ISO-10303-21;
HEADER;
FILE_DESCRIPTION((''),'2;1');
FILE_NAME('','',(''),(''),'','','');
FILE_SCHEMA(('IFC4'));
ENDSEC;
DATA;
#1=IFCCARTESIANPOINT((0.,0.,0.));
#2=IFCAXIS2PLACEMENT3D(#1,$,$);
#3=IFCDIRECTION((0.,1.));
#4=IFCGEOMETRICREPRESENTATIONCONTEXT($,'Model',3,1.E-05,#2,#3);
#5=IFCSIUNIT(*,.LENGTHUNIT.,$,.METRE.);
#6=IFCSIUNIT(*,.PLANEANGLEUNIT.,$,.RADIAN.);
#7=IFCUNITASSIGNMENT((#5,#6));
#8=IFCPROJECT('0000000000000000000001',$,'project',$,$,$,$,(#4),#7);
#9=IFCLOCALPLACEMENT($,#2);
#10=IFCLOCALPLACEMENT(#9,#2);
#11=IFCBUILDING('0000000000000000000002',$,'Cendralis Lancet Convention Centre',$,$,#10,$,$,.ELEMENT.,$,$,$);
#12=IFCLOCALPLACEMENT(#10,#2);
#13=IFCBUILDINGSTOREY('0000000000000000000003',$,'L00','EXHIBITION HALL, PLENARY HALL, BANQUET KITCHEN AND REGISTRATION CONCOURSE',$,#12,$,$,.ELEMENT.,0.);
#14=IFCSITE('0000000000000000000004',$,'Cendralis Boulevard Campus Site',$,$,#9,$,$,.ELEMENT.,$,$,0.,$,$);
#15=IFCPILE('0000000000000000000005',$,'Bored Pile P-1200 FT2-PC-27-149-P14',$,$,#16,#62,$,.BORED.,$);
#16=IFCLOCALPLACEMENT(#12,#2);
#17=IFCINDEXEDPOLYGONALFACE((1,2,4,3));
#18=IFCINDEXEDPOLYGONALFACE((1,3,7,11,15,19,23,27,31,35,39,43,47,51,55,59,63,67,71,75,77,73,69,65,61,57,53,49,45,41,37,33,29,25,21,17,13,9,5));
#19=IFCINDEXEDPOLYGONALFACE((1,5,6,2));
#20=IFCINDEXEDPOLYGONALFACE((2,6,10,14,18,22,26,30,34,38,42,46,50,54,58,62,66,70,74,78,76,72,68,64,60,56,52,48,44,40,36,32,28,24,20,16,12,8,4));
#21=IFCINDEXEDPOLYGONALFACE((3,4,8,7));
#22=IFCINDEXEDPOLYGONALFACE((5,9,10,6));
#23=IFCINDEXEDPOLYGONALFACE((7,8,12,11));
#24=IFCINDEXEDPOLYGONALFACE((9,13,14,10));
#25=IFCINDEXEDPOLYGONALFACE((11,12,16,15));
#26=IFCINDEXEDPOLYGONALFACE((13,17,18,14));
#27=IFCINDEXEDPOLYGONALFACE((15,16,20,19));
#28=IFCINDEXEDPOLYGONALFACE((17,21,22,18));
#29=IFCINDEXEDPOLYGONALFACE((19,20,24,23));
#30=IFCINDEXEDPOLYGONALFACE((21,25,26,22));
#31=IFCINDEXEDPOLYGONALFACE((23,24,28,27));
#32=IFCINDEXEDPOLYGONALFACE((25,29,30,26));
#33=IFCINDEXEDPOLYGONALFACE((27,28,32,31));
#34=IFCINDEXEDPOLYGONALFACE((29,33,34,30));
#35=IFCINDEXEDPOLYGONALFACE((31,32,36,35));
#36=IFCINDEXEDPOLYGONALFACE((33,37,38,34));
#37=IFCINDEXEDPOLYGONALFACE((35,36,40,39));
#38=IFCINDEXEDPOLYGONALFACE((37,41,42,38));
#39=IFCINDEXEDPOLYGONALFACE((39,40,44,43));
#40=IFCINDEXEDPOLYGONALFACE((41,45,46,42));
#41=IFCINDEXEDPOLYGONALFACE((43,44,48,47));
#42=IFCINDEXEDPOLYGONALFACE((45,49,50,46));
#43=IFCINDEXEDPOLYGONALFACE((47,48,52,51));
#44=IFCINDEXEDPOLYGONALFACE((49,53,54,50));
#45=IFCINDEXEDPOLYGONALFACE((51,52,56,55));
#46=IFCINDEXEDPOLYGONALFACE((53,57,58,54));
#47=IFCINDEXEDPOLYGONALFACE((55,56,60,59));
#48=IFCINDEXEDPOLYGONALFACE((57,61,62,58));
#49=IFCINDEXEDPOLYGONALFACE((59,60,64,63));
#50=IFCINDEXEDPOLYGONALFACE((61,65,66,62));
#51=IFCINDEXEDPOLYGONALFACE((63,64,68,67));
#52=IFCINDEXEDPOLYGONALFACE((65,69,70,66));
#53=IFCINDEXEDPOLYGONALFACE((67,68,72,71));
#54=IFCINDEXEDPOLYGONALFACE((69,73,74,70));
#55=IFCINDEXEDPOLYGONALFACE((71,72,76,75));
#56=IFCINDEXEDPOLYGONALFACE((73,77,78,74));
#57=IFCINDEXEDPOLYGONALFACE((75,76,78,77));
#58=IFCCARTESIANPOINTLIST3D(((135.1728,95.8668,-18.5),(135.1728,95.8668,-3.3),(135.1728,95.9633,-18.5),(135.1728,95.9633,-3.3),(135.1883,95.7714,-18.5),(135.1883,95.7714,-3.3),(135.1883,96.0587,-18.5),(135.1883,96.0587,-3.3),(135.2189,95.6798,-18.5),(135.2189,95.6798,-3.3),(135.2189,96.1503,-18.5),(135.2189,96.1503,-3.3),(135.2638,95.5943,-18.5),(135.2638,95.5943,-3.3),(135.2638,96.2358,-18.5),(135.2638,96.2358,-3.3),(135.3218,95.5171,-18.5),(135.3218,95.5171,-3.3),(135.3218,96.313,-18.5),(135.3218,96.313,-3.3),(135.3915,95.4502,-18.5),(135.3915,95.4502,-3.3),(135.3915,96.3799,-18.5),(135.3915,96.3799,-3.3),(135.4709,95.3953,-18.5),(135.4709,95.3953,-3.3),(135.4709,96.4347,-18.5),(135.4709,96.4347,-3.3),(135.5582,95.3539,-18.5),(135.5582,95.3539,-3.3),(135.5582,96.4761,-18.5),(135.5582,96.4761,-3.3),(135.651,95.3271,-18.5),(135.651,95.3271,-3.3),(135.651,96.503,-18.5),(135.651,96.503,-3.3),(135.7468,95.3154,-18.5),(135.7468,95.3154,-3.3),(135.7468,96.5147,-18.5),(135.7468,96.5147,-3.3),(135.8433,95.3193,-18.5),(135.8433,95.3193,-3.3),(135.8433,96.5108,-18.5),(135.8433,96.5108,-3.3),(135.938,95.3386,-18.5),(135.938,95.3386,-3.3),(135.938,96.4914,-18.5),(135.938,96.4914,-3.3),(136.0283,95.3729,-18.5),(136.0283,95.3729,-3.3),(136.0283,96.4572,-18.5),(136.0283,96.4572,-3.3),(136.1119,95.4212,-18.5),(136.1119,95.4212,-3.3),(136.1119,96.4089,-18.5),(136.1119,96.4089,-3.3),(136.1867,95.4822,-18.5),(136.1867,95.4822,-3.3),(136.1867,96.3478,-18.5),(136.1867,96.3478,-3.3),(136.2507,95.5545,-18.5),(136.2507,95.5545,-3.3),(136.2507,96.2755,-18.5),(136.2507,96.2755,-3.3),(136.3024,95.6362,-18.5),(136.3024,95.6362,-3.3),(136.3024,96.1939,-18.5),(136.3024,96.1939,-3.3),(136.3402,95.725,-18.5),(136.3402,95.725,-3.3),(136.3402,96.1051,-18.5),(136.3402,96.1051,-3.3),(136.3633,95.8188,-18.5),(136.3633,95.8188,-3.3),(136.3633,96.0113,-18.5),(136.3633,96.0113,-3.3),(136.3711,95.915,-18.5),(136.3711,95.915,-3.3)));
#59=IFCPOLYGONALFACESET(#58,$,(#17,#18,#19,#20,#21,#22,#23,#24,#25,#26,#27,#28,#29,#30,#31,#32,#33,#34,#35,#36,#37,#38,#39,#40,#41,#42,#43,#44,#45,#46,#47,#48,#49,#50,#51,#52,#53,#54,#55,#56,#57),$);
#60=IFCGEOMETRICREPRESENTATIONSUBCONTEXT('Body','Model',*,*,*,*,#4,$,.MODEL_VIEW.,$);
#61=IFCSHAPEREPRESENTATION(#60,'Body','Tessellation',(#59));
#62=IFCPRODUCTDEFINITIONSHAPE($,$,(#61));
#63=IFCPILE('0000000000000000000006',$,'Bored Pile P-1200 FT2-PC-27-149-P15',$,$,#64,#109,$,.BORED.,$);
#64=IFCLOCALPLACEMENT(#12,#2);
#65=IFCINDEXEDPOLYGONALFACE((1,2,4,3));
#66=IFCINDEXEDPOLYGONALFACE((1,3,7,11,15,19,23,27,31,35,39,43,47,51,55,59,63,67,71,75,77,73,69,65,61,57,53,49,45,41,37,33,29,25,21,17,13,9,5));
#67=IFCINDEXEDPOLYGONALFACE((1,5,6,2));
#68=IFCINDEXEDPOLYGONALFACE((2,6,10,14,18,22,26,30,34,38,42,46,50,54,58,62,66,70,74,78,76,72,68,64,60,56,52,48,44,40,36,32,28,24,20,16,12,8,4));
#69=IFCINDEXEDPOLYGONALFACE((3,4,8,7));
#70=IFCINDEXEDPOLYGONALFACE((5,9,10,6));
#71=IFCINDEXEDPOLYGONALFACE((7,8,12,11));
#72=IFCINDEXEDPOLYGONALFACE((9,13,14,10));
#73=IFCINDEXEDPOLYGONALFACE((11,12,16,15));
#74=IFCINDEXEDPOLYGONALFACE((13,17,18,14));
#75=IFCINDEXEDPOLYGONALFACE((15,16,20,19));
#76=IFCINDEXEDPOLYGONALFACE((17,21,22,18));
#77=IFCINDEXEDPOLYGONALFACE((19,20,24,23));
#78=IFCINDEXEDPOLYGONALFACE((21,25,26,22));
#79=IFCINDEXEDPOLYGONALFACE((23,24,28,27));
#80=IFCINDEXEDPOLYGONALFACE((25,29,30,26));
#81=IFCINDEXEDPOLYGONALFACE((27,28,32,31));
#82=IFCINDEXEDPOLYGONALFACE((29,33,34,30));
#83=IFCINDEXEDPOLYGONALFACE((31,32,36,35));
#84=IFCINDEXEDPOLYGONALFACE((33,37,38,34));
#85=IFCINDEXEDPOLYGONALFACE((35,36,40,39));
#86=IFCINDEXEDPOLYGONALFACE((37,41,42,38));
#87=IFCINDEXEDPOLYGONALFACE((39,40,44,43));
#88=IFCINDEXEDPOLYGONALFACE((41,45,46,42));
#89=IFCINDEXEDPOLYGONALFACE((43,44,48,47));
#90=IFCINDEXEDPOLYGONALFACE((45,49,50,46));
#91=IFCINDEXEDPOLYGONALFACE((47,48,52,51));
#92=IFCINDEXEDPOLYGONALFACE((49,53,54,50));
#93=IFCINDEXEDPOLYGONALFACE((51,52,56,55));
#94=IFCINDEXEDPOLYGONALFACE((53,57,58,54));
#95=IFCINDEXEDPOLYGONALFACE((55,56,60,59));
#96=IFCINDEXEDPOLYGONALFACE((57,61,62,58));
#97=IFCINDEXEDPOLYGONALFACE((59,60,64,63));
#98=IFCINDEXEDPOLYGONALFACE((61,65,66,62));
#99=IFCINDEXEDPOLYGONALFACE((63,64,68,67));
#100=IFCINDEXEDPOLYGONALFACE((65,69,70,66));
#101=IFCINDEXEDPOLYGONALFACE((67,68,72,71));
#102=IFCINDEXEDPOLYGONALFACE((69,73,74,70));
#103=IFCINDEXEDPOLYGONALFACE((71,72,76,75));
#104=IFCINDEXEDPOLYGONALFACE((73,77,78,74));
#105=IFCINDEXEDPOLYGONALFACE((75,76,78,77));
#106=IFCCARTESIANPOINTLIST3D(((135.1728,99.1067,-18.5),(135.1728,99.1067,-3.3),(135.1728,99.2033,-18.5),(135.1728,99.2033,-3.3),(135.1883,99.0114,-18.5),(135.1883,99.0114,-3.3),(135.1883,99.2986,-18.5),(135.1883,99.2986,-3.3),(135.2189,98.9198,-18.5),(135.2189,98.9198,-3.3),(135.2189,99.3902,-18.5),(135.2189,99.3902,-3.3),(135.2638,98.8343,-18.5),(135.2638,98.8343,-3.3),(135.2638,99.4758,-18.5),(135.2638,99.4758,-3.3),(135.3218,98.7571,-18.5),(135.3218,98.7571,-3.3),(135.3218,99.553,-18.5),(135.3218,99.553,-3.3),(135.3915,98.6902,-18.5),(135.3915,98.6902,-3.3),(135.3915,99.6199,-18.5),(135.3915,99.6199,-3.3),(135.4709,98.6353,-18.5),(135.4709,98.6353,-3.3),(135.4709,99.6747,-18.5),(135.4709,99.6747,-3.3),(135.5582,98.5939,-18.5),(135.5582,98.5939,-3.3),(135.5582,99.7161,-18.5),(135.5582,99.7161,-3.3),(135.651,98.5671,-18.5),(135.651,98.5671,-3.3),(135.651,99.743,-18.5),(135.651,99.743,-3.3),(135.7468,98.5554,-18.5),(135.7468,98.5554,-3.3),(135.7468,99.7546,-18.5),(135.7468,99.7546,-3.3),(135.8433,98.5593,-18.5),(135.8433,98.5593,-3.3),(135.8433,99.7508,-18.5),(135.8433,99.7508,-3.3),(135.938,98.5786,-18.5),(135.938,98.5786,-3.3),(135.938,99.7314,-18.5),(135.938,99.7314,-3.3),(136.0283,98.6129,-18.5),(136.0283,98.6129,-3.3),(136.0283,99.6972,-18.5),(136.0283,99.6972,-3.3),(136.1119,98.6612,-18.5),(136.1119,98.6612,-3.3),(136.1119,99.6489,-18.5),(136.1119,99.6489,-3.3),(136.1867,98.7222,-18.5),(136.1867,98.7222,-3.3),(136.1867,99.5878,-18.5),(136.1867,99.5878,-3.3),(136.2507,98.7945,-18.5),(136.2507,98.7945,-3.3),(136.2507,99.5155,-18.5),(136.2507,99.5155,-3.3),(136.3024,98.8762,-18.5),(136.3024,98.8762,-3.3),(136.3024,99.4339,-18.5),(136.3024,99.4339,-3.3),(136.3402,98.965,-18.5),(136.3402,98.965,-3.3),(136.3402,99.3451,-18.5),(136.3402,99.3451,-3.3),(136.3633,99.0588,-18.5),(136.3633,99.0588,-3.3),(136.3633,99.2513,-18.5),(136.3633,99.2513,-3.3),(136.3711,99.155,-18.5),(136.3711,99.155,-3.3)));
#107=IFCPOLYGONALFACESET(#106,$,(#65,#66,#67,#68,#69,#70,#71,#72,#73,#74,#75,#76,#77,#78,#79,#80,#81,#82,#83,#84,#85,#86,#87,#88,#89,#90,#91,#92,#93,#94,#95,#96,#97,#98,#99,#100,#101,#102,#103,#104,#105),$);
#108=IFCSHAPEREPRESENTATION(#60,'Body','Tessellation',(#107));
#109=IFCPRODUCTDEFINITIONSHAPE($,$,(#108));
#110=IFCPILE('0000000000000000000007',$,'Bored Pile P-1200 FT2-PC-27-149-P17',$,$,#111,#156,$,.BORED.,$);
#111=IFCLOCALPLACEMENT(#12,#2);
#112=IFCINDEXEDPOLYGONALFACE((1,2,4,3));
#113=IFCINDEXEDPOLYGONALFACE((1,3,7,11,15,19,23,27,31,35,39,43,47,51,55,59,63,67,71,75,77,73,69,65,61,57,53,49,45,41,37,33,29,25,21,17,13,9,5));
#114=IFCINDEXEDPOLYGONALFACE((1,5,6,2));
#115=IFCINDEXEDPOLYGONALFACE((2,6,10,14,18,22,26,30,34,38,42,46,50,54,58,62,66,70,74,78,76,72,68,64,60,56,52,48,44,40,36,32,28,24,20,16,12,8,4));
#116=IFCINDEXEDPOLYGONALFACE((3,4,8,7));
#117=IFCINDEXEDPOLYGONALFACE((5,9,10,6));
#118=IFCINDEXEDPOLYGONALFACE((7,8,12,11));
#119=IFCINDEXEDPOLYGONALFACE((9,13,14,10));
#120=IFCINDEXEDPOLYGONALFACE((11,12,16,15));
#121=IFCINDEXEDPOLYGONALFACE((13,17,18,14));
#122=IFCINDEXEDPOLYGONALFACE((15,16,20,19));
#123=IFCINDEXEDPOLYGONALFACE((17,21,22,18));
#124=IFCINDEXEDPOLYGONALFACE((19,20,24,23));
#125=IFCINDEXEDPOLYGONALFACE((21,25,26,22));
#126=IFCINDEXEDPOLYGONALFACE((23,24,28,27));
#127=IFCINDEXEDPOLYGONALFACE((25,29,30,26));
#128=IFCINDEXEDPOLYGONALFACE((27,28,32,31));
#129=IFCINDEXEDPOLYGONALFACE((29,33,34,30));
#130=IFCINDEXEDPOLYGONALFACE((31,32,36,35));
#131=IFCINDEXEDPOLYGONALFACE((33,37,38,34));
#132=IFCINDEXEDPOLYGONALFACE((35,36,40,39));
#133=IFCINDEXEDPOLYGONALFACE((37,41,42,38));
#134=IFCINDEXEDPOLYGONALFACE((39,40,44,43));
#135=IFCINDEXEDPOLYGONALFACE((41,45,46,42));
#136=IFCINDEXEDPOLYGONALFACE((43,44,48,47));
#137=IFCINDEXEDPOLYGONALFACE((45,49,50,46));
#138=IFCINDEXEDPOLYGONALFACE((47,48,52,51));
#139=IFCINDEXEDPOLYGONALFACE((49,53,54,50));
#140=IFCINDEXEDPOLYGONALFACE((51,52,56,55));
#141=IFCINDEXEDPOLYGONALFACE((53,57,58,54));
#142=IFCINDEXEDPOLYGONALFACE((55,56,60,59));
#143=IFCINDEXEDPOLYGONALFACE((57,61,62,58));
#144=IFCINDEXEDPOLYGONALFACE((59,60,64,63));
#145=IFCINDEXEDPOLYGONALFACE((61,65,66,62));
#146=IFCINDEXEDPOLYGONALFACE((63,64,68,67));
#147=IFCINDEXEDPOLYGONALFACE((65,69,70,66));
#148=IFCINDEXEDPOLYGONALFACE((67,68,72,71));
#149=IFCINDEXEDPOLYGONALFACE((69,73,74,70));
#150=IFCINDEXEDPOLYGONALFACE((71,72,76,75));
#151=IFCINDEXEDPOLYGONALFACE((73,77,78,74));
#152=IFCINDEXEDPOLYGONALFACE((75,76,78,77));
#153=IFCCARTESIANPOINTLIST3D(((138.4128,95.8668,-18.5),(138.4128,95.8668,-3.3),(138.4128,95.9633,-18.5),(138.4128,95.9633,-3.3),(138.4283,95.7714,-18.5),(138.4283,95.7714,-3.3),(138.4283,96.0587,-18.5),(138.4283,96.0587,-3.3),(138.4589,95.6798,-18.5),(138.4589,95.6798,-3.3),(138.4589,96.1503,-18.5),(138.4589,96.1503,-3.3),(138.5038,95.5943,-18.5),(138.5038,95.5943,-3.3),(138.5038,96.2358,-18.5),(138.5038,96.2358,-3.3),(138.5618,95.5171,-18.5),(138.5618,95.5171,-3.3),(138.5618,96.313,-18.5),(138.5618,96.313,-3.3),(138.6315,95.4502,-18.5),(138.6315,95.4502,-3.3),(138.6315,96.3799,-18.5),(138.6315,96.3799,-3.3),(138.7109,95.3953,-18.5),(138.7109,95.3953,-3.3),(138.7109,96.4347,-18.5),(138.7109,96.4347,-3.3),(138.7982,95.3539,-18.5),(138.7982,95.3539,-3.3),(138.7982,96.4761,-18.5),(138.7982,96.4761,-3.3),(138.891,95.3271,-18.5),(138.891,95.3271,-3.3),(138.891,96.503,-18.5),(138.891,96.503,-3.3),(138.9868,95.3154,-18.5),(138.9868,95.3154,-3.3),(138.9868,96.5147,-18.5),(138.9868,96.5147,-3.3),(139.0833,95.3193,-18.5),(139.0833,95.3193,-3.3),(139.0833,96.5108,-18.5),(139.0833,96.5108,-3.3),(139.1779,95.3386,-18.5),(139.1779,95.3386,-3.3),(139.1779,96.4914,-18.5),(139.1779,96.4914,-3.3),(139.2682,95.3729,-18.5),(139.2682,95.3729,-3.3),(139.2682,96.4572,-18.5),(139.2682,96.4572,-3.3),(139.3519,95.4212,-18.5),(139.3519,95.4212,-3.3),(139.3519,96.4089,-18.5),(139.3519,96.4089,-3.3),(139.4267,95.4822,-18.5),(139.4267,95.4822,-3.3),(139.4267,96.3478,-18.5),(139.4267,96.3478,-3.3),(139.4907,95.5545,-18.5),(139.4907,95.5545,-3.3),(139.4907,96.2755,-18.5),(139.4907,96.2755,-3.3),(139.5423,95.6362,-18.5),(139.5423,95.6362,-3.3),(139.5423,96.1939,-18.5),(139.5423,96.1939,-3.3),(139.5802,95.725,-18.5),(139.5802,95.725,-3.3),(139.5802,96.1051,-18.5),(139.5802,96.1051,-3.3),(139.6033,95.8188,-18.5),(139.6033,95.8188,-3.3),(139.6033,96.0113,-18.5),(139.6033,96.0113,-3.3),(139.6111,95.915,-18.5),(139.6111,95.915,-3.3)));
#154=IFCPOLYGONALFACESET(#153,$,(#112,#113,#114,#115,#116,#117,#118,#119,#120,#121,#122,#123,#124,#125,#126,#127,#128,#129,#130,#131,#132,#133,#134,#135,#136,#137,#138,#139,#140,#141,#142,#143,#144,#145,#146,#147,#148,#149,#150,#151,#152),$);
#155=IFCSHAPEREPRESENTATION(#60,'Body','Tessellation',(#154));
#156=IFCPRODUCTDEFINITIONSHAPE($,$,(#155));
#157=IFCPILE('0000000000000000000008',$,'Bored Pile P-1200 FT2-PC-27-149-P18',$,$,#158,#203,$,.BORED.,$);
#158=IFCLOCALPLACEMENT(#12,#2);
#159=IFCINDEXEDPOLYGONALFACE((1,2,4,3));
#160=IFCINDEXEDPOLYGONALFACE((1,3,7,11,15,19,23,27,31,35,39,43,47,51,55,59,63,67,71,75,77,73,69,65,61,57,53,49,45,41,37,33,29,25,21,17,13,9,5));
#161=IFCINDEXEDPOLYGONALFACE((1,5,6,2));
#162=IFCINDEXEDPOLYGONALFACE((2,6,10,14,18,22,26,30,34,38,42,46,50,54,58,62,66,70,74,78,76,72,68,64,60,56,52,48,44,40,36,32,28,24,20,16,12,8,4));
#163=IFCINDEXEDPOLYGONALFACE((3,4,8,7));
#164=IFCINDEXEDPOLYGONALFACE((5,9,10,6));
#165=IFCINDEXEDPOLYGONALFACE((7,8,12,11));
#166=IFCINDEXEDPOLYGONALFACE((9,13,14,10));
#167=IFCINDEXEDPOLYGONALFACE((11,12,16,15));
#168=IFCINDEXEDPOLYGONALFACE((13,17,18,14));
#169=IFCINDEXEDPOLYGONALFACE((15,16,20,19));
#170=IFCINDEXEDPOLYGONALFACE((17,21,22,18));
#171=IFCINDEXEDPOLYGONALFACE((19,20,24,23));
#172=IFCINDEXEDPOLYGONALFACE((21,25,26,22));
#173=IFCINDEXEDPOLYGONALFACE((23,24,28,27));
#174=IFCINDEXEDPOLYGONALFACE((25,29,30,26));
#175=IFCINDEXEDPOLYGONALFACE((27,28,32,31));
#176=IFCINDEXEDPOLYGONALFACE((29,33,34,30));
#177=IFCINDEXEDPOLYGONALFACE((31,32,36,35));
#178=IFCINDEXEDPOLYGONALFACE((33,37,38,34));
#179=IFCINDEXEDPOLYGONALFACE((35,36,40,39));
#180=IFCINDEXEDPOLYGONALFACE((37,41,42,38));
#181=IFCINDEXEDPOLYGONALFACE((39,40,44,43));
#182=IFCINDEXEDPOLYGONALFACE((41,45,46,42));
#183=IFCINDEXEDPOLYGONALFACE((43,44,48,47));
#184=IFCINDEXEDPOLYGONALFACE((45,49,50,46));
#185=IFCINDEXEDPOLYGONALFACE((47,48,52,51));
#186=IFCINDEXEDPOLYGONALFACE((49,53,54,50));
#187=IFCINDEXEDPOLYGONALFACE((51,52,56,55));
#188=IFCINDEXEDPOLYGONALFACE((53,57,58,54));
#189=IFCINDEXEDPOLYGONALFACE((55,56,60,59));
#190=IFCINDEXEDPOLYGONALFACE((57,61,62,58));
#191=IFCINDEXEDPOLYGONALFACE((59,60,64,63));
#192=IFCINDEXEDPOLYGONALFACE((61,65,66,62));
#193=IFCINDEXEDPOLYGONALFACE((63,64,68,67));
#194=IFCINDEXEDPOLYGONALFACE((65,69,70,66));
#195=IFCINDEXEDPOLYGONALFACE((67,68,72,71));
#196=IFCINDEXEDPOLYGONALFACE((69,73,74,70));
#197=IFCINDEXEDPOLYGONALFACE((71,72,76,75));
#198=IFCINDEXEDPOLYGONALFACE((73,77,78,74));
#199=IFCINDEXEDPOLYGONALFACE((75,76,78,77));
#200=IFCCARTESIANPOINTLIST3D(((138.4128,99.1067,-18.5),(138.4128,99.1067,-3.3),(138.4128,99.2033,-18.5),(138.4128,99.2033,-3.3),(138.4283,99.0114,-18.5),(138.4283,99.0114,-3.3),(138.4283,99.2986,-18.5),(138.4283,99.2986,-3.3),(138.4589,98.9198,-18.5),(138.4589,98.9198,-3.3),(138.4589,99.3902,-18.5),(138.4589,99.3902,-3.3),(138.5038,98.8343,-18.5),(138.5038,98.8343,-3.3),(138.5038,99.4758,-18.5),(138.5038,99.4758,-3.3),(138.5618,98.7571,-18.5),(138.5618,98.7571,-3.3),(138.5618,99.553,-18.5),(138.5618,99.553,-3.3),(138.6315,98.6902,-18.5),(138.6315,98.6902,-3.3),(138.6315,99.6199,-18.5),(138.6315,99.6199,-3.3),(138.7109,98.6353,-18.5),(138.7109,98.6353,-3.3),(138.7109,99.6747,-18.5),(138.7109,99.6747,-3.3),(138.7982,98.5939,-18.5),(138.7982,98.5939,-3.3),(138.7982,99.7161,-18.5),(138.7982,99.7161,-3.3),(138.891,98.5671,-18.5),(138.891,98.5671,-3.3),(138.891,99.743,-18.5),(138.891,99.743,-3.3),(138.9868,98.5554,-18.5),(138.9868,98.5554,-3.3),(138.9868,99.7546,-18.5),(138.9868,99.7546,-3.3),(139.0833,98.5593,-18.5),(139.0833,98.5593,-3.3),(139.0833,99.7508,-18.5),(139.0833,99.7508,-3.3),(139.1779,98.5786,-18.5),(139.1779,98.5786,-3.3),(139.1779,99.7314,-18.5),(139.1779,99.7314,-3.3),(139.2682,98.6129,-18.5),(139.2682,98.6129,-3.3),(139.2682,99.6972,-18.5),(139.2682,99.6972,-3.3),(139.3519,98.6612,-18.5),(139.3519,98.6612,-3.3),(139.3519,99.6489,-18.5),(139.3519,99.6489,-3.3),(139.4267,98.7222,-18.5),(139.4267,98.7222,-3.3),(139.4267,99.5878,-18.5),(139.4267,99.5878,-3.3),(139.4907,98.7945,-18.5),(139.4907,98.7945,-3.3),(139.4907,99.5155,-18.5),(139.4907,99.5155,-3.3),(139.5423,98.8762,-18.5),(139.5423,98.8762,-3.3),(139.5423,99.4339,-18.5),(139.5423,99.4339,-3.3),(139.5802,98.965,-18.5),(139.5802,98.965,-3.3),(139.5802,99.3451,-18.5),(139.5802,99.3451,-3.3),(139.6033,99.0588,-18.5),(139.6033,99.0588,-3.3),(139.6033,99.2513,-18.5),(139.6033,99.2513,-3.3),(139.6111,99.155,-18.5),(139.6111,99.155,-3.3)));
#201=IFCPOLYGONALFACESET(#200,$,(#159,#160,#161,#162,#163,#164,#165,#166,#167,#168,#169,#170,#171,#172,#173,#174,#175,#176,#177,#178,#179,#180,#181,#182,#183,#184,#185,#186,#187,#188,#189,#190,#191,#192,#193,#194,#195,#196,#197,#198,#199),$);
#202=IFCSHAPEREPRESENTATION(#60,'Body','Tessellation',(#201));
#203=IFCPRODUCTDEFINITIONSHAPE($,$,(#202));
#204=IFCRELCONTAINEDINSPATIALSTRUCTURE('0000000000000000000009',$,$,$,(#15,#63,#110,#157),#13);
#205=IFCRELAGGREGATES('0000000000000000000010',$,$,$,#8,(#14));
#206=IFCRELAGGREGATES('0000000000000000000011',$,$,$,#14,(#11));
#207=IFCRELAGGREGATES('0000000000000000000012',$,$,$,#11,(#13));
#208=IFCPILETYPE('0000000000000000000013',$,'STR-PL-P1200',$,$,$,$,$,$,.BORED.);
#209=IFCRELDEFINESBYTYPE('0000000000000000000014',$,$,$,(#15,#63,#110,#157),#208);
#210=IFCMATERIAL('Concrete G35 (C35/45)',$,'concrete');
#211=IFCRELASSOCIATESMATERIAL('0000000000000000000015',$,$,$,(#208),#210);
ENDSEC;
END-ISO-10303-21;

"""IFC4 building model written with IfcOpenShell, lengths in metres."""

from ifc_helpers import new_model, si_unit, direction, frame, origin, origin_2d, place, context, subcontext, project, spatial, circle, extrude, material, material_profile, profile_set, type_object, element, save


model = new_model("IFC4")

# Units and contexts
model_context = context("Model", 3, precision=1e-05, world=origin(), true_north=direction((0.0, 1.0)))
body_context = subcontext(model_context, "Body", "Model", "MODEL_VIEW")
ifc_project = project(units=[si_unit("LENGTHUNIT", "METRE"), si_unit("PLANEANGLEUNIT", "RADIAN")], contexts=[model_context])

# Site, building, storey
site_placement = place(None, origin())
site = spatial("IfcSite", under=ifc_project, at=site_placement, Name="Cendralis Boulevard Campus Site", CompositionType="ELEMENT", RefElevation=0.0)
building_placement = place(site_placement, origin())
building = spatial("IfcBuilding", under=site, at=building_placement, Name="Cendralis Lancet Convention Centre", CompositionType="ELEMENT")
storey_placement = place(building_placement, origin())
storey = spatial("IfcBuildingStorey", under=building, at=storey_placement, Name="L00", Description="EXHIBITION HALL, PLENARY HALL, BANQUET KITCHEN AND REGISTRATION CONCOURSE", CompositionType="ELEMENT", Elevation=0.0)

# Shared definitions
ifc_material_1 = material(Name="Concrete G35 (C35/45)", Category="concrete")

# Piles
ifc_material_profile_1 = material_profile(ifc_material_1, circle(Radius=0.6001, at=origin_2d()), Name="BORED PILE D1200")
ifc_profile_set_1 = profile_set([ifc_material_profile_1], Name="Concrete G35 (C35/45)")
pile_type_1 = type_object("IfcPileType", Name="STR-PL-P1200", PredefinedType="BORED", material=ifc_profile_set_1)
for number, where, z_axis, x_axis, name in (
    (1, (135.771, 95.915, -3.3), (0.0, 0.0, -1.0), (1.0, 0.0, 0.0), "Bored Pile P-1200 FT2-PC-27-149-P14"),
    (2, (135.771, 99.155, -3.3), (0.0, 0.0, -1.0), (1.0, 0.0, 0.0), "Bored Pile P-1200 FT2-PC-27-149-P15"),
    (3, (139.011, 95.915, -3.3), (0.0, 0.0, -1.0), (1.0, 0.0, 0.0), "Bored Pile P-1200 FT2-PC-27-149-P17"),
    (4, (139.011, 99.155, -3.3), (0.0, 0.0, -1.0), (1.0, 0.0, 0.0), "Bored Pile P-1200 FT2-PC-27-149-P18"),
):
    element("IfcPile", number, at=place(storey_placement, frame(where, z_axis=z_axis, x_axis=x_axis)), inside=storey, type_object=pile_type_1, Name=name, PredefinedType="BORED", context=body_context, shape_type="SweptSolid", body=[
        extrude(circle(Radius=0.6001, at=origin_2d()), origin(), (0.0, 0.0, 1.0), 15.2),
    ])

save(model, "model.ifc")
